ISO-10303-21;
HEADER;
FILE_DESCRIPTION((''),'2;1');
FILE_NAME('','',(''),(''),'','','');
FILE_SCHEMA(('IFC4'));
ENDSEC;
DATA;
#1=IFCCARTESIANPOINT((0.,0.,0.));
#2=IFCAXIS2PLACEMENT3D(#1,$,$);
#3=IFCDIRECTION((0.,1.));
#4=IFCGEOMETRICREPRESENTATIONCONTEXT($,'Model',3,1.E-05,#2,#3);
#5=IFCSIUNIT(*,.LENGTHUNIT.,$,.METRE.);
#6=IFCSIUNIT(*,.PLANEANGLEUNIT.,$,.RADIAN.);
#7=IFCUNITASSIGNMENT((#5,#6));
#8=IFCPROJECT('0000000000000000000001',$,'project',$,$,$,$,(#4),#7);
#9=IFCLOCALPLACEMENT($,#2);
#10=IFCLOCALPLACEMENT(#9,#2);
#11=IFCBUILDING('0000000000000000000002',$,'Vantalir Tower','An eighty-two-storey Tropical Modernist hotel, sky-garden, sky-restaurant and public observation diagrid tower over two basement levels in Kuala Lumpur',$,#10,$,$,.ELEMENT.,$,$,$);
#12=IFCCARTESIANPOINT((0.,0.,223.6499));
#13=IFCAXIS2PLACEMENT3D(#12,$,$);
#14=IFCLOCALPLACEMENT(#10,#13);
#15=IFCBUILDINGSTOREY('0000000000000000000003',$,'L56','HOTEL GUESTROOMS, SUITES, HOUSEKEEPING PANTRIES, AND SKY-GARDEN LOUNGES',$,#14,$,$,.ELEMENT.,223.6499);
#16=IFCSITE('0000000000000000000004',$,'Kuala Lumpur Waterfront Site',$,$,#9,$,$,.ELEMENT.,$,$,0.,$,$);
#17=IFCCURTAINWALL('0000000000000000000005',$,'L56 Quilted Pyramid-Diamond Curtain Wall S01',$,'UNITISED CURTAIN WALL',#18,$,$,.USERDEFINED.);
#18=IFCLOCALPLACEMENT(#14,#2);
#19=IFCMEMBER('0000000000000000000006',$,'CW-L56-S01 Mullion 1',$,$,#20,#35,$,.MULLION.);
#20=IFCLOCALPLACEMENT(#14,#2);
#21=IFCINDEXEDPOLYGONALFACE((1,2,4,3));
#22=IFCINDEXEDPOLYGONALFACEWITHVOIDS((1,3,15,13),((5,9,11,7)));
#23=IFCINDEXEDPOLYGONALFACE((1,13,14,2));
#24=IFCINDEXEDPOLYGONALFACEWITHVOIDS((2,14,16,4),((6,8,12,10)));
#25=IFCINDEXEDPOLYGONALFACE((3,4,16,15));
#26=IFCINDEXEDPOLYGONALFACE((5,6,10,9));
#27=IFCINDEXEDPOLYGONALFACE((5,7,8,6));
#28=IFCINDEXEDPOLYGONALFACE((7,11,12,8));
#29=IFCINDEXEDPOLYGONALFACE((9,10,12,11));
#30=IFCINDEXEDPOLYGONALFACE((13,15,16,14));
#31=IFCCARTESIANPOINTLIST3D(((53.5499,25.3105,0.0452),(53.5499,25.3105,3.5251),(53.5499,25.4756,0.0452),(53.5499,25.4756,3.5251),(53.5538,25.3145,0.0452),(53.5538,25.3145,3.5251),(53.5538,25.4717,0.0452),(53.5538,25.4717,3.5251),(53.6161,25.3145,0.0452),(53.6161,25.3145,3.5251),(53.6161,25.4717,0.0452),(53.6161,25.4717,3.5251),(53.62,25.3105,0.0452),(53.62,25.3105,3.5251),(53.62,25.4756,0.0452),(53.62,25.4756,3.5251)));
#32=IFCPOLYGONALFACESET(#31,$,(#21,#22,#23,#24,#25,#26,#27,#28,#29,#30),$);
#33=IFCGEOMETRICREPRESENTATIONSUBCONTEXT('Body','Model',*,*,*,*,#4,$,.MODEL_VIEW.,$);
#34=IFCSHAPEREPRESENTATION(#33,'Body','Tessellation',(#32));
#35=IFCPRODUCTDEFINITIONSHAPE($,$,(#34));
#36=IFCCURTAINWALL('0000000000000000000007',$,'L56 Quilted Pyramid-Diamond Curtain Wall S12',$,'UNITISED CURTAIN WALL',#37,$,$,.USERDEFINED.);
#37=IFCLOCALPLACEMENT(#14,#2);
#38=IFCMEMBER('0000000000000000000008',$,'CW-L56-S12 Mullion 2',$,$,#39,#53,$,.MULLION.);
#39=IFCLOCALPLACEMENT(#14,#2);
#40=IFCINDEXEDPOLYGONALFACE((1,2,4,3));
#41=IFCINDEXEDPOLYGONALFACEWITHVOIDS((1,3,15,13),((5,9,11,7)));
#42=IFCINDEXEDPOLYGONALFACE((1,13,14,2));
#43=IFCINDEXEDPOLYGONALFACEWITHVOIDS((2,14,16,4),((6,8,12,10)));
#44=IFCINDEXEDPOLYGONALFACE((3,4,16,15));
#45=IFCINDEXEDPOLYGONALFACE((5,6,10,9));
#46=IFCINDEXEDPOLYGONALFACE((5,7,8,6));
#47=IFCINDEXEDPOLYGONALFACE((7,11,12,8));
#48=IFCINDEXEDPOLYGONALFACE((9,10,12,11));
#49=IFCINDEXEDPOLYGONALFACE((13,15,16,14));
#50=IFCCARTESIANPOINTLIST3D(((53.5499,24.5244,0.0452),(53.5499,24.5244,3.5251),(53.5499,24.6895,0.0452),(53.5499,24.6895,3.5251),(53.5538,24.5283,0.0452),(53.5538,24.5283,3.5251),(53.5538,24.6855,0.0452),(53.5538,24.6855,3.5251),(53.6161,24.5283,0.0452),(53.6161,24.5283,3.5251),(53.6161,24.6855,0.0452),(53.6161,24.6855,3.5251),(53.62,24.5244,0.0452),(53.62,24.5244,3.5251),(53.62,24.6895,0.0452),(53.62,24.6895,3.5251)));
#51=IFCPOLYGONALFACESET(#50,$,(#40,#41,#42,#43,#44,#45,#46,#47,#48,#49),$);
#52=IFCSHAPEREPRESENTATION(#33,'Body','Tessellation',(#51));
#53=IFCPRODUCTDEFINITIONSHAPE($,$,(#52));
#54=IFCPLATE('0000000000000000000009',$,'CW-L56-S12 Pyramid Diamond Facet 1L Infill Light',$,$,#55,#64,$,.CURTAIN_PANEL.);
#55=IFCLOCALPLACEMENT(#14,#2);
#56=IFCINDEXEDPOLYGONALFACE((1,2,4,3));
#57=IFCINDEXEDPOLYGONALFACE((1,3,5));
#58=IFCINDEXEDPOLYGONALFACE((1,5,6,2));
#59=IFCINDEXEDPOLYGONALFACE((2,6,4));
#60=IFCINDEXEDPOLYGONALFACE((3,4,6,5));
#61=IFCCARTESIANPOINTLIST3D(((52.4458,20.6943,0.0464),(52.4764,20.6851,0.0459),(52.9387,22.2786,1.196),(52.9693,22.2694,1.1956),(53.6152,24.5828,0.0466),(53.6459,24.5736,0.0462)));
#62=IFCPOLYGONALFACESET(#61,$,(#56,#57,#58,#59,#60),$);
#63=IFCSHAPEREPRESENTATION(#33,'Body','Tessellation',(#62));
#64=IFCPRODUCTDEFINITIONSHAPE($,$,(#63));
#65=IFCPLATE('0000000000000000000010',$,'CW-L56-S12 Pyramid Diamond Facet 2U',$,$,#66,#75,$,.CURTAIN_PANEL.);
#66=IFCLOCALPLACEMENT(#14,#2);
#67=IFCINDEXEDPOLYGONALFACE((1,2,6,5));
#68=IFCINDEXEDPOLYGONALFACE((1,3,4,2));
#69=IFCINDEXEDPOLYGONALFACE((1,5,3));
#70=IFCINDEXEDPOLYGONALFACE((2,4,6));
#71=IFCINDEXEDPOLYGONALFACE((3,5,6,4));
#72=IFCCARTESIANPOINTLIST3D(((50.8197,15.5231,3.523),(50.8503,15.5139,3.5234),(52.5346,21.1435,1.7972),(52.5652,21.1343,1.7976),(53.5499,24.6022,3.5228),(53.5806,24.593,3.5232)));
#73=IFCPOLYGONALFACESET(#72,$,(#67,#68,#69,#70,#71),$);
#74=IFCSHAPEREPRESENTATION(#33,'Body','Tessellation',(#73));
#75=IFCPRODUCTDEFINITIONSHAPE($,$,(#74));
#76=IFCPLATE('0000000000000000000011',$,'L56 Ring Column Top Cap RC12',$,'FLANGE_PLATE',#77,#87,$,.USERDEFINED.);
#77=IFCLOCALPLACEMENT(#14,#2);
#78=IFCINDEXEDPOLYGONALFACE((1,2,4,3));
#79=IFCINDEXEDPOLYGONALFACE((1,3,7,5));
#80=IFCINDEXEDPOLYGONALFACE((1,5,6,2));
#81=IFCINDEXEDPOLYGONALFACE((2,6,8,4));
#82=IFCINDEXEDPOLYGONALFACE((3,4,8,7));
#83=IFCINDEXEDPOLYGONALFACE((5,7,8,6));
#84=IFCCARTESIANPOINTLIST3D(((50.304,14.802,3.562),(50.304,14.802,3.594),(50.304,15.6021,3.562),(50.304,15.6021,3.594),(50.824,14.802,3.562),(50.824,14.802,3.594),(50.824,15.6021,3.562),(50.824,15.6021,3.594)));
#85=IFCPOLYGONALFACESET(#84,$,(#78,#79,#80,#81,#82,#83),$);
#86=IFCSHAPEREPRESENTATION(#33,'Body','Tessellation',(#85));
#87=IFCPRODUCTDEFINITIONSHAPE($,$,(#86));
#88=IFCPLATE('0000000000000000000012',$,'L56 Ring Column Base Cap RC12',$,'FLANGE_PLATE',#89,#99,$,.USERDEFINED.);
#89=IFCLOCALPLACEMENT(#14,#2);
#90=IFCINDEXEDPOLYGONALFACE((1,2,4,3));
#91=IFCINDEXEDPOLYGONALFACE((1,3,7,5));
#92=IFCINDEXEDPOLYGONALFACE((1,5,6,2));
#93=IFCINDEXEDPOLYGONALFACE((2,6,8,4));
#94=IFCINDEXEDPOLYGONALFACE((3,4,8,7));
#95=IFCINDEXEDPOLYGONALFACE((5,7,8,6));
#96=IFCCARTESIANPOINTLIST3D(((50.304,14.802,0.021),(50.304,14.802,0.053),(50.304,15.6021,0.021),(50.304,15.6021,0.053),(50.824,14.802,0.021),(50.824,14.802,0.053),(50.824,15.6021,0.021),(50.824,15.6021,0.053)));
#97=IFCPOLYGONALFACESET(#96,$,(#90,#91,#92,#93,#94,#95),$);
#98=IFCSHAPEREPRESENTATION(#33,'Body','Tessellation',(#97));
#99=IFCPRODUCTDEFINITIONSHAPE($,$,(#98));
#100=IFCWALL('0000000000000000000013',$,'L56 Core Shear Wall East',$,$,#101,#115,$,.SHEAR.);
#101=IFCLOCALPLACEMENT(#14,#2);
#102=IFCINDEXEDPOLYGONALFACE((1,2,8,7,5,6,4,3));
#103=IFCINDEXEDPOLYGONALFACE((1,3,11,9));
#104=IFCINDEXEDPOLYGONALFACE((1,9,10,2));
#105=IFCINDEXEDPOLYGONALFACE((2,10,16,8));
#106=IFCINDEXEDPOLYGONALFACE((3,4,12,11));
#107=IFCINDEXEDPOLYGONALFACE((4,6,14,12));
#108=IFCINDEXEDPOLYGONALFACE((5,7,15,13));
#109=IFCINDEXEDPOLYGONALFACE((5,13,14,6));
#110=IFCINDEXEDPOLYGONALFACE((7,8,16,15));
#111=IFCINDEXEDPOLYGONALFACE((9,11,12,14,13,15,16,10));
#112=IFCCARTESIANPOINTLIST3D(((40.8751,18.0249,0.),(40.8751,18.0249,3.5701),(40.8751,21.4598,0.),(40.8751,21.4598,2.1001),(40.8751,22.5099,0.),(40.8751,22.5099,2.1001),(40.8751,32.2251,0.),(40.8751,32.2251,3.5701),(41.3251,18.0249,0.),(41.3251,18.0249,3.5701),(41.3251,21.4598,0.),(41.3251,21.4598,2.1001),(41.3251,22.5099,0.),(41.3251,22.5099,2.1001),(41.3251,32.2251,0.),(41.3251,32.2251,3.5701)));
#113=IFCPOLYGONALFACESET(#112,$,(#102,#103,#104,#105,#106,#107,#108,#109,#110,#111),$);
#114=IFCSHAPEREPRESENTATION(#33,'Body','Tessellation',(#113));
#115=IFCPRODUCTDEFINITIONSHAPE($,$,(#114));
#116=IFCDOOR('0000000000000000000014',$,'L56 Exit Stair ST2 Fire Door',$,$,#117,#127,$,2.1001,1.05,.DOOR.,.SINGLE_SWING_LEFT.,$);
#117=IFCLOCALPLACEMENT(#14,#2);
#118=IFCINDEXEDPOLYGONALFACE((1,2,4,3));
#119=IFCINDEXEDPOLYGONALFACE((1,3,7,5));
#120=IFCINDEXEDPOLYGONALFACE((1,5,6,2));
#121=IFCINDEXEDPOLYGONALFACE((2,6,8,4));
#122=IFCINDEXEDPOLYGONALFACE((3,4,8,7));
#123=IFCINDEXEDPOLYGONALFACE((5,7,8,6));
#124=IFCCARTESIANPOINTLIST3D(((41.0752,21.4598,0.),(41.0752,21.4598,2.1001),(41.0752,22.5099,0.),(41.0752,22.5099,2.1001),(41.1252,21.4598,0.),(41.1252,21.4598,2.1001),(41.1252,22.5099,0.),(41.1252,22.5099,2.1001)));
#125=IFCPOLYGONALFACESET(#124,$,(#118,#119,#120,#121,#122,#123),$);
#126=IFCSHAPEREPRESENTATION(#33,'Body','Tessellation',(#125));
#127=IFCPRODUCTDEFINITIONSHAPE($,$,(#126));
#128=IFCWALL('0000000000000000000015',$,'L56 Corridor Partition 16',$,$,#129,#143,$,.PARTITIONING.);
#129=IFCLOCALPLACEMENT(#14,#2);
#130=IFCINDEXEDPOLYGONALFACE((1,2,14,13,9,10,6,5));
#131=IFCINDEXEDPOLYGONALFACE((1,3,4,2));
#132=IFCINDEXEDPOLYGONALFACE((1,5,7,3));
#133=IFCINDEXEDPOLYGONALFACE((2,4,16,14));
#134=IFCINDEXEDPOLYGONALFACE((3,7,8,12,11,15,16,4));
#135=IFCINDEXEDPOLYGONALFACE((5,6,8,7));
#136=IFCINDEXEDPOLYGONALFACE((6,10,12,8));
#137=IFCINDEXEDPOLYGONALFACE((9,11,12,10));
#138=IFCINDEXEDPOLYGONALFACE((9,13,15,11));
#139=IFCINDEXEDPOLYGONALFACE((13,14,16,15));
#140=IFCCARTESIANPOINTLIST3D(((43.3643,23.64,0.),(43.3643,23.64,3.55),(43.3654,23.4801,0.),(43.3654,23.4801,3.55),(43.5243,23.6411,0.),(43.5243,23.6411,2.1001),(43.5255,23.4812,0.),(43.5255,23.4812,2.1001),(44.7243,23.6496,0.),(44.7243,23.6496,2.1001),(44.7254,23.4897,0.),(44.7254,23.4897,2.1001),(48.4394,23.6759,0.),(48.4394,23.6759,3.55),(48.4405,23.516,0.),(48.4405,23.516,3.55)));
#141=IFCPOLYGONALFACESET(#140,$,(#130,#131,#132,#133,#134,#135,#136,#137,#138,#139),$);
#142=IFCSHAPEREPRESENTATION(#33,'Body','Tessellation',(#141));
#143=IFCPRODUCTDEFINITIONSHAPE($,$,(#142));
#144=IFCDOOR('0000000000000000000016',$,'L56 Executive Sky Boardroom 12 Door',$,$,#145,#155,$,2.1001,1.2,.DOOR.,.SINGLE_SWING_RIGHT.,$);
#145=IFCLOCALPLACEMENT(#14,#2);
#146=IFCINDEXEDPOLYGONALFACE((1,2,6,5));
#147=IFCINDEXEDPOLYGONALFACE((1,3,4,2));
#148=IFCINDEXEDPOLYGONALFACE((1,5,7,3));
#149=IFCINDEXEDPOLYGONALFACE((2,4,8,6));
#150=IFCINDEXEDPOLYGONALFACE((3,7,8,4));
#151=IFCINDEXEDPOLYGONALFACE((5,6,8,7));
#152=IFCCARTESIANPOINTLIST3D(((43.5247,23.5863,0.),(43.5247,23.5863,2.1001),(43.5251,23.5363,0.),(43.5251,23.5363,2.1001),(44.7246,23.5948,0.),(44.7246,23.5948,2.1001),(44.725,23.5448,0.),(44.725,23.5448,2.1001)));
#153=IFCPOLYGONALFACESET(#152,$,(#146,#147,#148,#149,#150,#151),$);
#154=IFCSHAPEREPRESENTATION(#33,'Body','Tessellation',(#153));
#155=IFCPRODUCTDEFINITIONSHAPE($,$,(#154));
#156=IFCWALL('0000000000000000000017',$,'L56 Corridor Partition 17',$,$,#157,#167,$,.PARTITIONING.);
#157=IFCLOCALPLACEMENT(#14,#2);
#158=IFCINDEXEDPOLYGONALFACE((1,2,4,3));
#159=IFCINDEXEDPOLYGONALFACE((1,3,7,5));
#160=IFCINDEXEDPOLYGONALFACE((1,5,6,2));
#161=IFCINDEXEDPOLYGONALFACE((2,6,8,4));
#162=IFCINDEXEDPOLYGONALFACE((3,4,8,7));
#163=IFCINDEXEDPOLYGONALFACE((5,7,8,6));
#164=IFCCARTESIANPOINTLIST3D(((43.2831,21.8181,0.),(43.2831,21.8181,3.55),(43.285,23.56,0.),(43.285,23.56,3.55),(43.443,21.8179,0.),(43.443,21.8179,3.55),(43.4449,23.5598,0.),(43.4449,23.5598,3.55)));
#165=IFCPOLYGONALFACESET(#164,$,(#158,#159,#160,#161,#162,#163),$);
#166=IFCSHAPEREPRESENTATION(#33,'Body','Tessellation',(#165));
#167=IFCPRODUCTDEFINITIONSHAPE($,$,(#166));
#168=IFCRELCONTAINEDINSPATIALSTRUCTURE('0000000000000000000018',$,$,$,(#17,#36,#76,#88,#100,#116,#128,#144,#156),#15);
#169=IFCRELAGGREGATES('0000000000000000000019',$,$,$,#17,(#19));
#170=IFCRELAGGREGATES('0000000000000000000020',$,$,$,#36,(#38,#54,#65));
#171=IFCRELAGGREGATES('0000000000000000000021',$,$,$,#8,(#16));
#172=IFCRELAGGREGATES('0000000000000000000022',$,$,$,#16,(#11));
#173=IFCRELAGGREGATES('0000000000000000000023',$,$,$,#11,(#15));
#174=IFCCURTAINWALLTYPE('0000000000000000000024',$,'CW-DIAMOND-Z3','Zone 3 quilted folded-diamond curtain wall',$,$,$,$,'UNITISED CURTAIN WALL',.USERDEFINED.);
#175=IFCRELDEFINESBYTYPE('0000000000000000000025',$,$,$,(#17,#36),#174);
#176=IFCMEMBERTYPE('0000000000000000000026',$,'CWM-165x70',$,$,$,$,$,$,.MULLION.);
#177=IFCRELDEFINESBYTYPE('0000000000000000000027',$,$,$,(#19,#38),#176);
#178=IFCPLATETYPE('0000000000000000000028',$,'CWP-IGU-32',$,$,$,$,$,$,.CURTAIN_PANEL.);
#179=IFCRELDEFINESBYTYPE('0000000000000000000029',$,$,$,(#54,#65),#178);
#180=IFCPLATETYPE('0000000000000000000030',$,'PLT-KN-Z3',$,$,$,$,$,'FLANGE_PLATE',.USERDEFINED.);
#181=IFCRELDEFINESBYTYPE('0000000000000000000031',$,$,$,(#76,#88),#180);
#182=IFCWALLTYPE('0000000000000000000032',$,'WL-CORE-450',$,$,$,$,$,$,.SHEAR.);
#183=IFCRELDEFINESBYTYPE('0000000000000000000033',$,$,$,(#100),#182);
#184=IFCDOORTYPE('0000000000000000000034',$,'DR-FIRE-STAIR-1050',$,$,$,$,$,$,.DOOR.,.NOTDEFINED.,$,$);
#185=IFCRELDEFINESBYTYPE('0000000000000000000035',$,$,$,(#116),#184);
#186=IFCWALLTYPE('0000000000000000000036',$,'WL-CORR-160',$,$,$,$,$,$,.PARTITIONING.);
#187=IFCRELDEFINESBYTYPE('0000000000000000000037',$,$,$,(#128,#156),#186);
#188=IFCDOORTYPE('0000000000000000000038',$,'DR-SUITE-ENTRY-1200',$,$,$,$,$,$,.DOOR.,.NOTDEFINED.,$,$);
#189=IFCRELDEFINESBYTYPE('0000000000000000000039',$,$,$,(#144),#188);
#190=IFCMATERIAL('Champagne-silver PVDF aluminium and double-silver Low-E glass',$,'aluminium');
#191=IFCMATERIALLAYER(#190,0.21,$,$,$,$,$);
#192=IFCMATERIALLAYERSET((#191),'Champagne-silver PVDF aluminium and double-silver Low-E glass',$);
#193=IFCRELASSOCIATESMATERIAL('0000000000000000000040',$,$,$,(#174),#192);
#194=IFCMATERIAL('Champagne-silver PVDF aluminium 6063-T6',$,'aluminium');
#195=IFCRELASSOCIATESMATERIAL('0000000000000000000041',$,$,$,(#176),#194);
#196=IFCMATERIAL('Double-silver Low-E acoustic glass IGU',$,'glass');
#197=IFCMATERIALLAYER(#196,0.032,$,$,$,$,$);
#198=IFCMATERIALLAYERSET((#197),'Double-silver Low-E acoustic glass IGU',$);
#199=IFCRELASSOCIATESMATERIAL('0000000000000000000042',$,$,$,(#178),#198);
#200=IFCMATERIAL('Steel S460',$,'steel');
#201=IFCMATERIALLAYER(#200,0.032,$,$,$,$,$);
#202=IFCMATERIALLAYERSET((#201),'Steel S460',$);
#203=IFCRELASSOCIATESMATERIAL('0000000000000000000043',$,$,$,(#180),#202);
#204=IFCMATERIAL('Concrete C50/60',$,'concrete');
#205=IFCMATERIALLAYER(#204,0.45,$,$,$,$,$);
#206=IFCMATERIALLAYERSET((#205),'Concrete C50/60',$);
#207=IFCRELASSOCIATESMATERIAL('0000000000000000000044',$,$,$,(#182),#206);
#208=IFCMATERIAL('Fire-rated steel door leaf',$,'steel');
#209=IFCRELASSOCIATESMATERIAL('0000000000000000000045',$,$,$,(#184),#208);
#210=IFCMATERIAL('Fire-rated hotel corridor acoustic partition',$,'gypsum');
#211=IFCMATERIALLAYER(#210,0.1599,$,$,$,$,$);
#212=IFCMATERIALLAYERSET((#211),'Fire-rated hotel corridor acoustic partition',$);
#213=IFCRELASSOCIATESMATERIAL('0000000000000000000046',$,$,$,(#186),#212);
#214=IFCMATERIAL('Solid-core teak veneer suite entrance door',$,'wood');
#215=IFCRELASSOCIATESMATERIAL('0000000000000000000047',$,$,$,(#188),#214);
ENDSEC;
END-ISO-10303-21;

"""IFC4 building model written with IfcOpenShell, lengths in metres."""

from ifc_helpers import new_model, si_unit, direction, frame, frame_2d, origin, origin_2d, place, context, subcontext, project, spatial, polyline, rectangle, hollow_rectangle, outline, extrude, material, layer, layer_set, material_profile, profile_set, type_object, element, fill, aggregate, save


model = new_model("IFC4")

# Units and contexts
model_context = context("Model", 3, precision=1e-05, world=origin(), true_north=direction((0.0, 1.0)))
body_context = subcontext(model_context, "Body", "Model", "MODEL_VIEW")
ifc_project = project(units=[si_unit("LENGTHUNIT", "METRE"), si_unit("PLANEANGLEUNIT", "RADIAN")], contexts=[model_context])

# Site, building, storey
site_placement = place(None, origin())
site = spatial("IfcSite", under=ifc_project, at=site_placement, Name="Kuala Lumpur Waterfront Site", CompositionType="ELEMENT", RefElevation=0.0)
building_placement = place(site_placement, origin())
building = spatial("IfcBuilding", under=site, at=building_placement, Name="Vantalir Tower", Description="An eighty-two-storey Tropical Modernist hotel, sky-garden, sky-restaurant and public observation diagrid tower over two basement levels in Kuala Lumpur", CompositionType="ELEMENT")
storey_placement = place(building_placement, frame((0.0, 0.0, 223.6499)))
storey = spatial("IfcBuildingStorey", under=building, at=storey_placement, Name="L56", Description="HOTEL GUESTROOMS, SUITES, HOUSEKEEPING PANTRIES, AND SKY-GARDEN LOUNGES", CompositionType="ELEMENT", Elevation=223.6499)

# Shared definitions
ifc_material_1 = material(Name="Concrete C50/60", Category="concrete")
ifc_material_2 = material(Name="Steel S460", Category="steel")

# Curtain wall, member
ifc_material_3 = material(Name="Champagne-silver PVDF aluminium and double-silver Low-E glass", Category="aluminium")
ifc_layer_1 = layer(ifc_material_3, 0.21)
ifc_layer_set_1 = layer_set([ifc_layer_1], Name="Champagne-silver PVDF aluminium and double-silver Low-E glass")
curtain_wall_type = type_object("IfcCurtainWallType", Name="CW-DIAMOND-Z3", Description="Zone 3 quilted folded-diamond curtain wall", ElementType="UNITISED CURTAIN WALL", PredefinedType="USERDEFINED", material=ifc_layer_set_1)
curtain_wall_1_placement = place(storey_placement, origin())
curtain_wall_1 = element("IfcCurtainWall", 1, at=curtain_wall_1_placement, inside=storey, type_object=curtain_wall_type, Name="L56 Quilted Pyramid-Diamond Curtain Wall S01", ObjectType="UNITISED CURTAIN WALL", PredefinedType="USERDEFINED")
ifc_material_4 = material(Name="Champagne-silver PVDF aluminium 6063-T6", Category="aluminium")
ifc_material_profile_1 = material_profile(ifc_material_4, hollow_rectangle(XDim=0.0701, YDim=0.165, WallThickness=0.0039, at=origin_2d()), Name="Champagne-silver PVDF aluminium 6063-T6")
ifc_profile_set_1 = profile_set([ifc_material_profile_1], Name="Champagne-silver PVDF aluminium 6063-T6")
member_type = type_object("IfcMemberType", Name="CWM-165x70", PredefinedType="MULLION", material=ifc_profile_set_1)
member_1_placement = place(storey_placement, frame((53.585, 25.3931, 0.0452), z_axis=(0.0, 0.0, 1.0), x_axis=(1.0, 0.0, 0.0)))
member_1 = element("IfcMember", 2, at=member_1_placement, type_object=member_type, Name="CW-L56-S01 Mullion 1", PredefinedType="MULLION", context=body_context, shape_type="SweptSolid", body=[
    extrude(hollow_rectangle(XDim=0.0701, YDim=0.165, WallThickness=0.0039, at=origin_2d()), origin(), (0.0, 0.0, 1.0), 3.48),
])
aggregate(curtain_wall_1, [member_1])

# Curtain wall, member, plates
curtain_wall_2_placement = place(storey_placement, origin())
curtain_wall_2 = element("IfcCurtainWall", 3, at=curtain_wall_2_placement, inside=storey, type_object=curtain_wall_type, Name="L56 Quilted Pyramid-Diamond Curtain Wall S12", ObjectType="UNITISED CURTAIN WALL", PredefinedType="USERDEFINED")
member_2_placement = place(storey_placement, frame((53.585, 24.6069, 0.0452), z_axis=(0.0, 0.0, 1.0), x_axis=(1.0, 0.0, 0.0)))
member_2 = element("IfcMember", 4, at=member_2_placement, type_object=member_type, Name="CW-L56-S12 Mullion 2", PredefinedType="MULLION", context=body_context, shape_type="SweptSolid", body=[
    extrude(hollow_rectangle(XDim=0.0701, YDim=0.165, WallThickness=0.0039, at=origin_2d()), origin(), (0.0, 0.0, 1.0), 3.48),
])
ifc_material_5 = material(Name="Double-silver Low-E acoustic glass IGU", Category="glass")
ifc_layer_2 = layer(ifc_material_5, 0.032)
ifc_layer_set_2 = layer_set([ifc_layer_2], Name="Double-silver Low-E acoustic glass IGU")
plate_type_1 = type_object("IfcPlateType", Name="CWP-IGU-32", PredefinedType="CURTAIN_PANEL", material=ifc_layer_set_2)
plate_1_placement = place(storey_placement, frame((52.4458, 20.6943, 0.0464), z_axis=(-0.957539, 0.287976, 0.013717), x_axis=(0.288004, 0.957629, 0.00006)))
plate_1 = element("IfcPlate", 5, at=plate_1_placement, type_object=plate_type_1, Name="CW-L56-S12 Pyramid Diamond Facet 1L Infill Light", PredefinedType="CURTAIN_PANEL", context=body_context, shape_type="SweptSolid", body=[
    extrude(outline(polyline([(0.0, 0.0), (4.0605, 0.0), (1.6591, -1.1497), (0.0, 0.0)])), origin(), (0.0, 0.0, -1.0), 0.032),
])
plate_2_placement = place(storey_placement, frame((53.5806, 24.593, 3.5232), z_axis=(0.957548, -0.287949, 0.013714), x_axis=(-0.287976, -0.957638, 0.000026)))
plate_2 = element("IfcPlate", 6, at=plate_2_placement, type_object=plate_type_1, Name="CW-L56-S12 Pyramid Diamond Facet 2U", PredefinedType="CURTAIN_PANEL", context=body_context, shape_type="SweptSolid", body=[
    extrude(outline(polyline([(0.0, 0.0), (9.4807, 0.0), (3.6046, 1.7258), (0.0, 0.0)])), origin(), (0.0, 0.0, -1.0), 0.032),
])
aggregate(curtain_wall_2, [member_2, plate_1, plate_2])

# Plates
ifc_layer_3 = layer(ifc_material_2, 0.032)
ifc_layer_set_3 = layer_set([ifc_layer_3], Name="Steel S460")
plate_type_2 = type_object("IfcPlateType", Name="PLT-KN-Z3", ElementType="FLANGE_PLATE", PredefinedType="USERDEFINED", material=ifc_layer_set_3)
for number, where, z_axis, x_axis, name in (
    (7, (50.304, 15.6021, 3.594), (0.0, 0.0, 1.0), (0.0, -1.0, 0.0), "L56 Ring Column Top Cap RC12"),
    (8, (50.304, 15.6021, 0.053), (0.0, 0.0, 1.0), (0.0, -1.0, 0.0), "L56 Ring Column Base Cap RC12"),
):
    element("IfcPlate", number, at=place(storey_placement, frame(where, z_axis=z_axis, x_axis=x_axis)), inside=storey, type_object=plate_type_2, Name=name, ObjectType="FLANGE_PLATE", PredefinedType="USERDEFINED", context=body_context, shape_type="SweptSolid", body=[
        extrude(outline(polyline([(0.0, 0.0), (0.8, 0.0), (0.8, 0.52), (0.0, 0.52), (0.0, 0.0)])), origin(), (0.0, 0.0, -1.0), 0.032),
    ])

# Walls, openings, doors
ifc_layer_4 = layer(ifc_material_1, 0.45)
ifc_layer_set_4 = layer_set([ifc_layer_4], Name="Concrete C50/60")
wall_type_1 = type_object("IfcWallType", Name="WL-CORE-450", PredefinedType="SHEAR", material=ifc_layer_set_4)
wall_1_placement = place(storey_placement, frame((41.1001, 18.0249, 0.0), z_axis=(0.0, 0.0, 1.0), x_axis=(0.0, 1.0, 0.0)))
wall_1 = element("IfcWall", 9, at=wall_1_placement, inside=storey, type_object=wall_type_1, Name="L56 Core Shear Wall East", PredefinedType="SHEAR", context=body_context, shape_type="SweptSolid", body=[
    extrude(rectangle(XDim=14.2002, YDim=0.45, at=frame_2d((7.1001, 0.0))), origin(), (0.0, 0.0, 1.0), 3.5701),
])
opening_1_placement = place(wall_1_placement, frame((3.4351, 0.0, 0.0)))
opening_1 = element("IfcOpeningElement", 10, at=opening_1_placement, cuts=wall_1, PredefinedType="OPENING", context=body_context, shape_type="SweptSolid", body=[
    extrude(rectangle(XDim=1.05, YDim=2.1001, at=frame_2d((0.5249, 1.05))), frame((0.0, 0.2349, 0.0), z_axis=(0.0, -1.0, 0.0), x_axis=(1.0, 0.0, 0.0)), (0.0, 0.0, 1.0), 0.47),
])
ifc_material_6 = material(Name="Fire-rated steel door leaf", Category="steel")
door_type_1 = type_object("IfcDoorType", Name="DR-FIRE-STAIR-1050", OperationType="NOTDEFINED", PredefinedType="DOOR", material=ifc_material_6)
door_1_placement = place(opening_1_placement, origin())
door_1 = element("IfcDoor", 11, at=door_1_placement, inside=storey, type_object=door_type_1, Name="L56 Exit Stair ST2 Fire Door", OperationType="SINGLE_SWING_LEFT", OverallHeight=2.1001, OverallWidth=1.05, PredefinedType="DOOR", context=body_context, shape_type="SweptSolid", body=[
    extrude(rectangle(XDim=1.05, YDim=2.1001, at=frame_2d((0.5249, 1.05))), frame((0.0, 0.0249, 0.0), z_axis=(0.0, -1.0, 0.0), x_axis=(1.0, 0.0, 0.0)), (0.0, 0.0, 1.0), 0.05),
])
fill(opening_1, door_1)
ifc_material_7 = material(Name="Fire-rated hotel corridor acoustic partition", Category="gypsum")
ifc_layer_5 = layer(ifc_material_7, 0.1599)
ifc_layer_set_5 = layer_set([ifc_layer_5], Name="Fire-rated hotel corridor acoustic partition")
wall_type_2 = type_object("IfcWallType", Name="WL-CORR-160", PredefinedType="PARTITIONING", material=ifc_layer_set_5)
wall_2_placement = place(storey_placement, frame((48.4399, 23.5959, 0.0), z_axis=(0.0, 0.0, 1.0), x_axis=(-0.999975, -0.007072, 0.0)))
wall_2 = element("IfcWall", 12, at=wall_2_placement, inside=storey, type_object=wall_type_2, Name="L56 Corridor Partition 16", PredefinedType="PARTITIONING", context=body_context, shape_type="SweptSolid", body=[
    extrude(rectangle(XDim=5.0752, YDim=0.1599, at=frame_2d((2.5376, 0.0))), origin(), (0.0, 0.0, 1.0), 3.55),
])
opening_2_placement = place(wall_2_placement, frame((3.7151, 0.0, 0.0)))
opening_2 = element("IfcOpeningElement", 13, at=opening_2_placement, cuts=wall_2, PredefinedType="OPENING", context=body_context, shape_type="SweptSolid", body=[
    extrude(rectangle(XDim=1.2, YDim=2.1001, at=frame_2d((0.6001, 1.05))), frame((0.0, 0.0898, 0.0), z_axis=(0.0, -1.0, 0.0), x_axis=(1.0, 0.0, 0.0)), (0.0, 0.0, 1.0), 0.1799),
])
ifc_material_8 = material(Name="Solid-core teak veneer suite entrance door", Category="wood")
door_type_2 = type_object("IfcDoorType", Name="DR-SUITE-ENTRY-1200", OperationType="NOTDEFINED", PredefinedType="DOOR", material=ifc_material_8)
door_2_placement = place(opening_2_placement, origin())
door_2 = element("IfcDoor", 14, at=door_2_placement, inside=storey, type_object=door_type_2, Name="L56 Executive Sky Boardroom 12 Door", OperationType="SINGLE_SWING_RIGHT", OverallHeight=2.1001, OverallWidth=1.2, PredefinedType="DOOR", context=body_context, shape_type="SweptSolid", body=[
    extrude(rectangle(XDim=1.2, YDim=2.1001, at=frame_2d((0.6001, 1.05))), frame((0.0, 0.0249, 0.0), z_axis=(0.0, -1.0, 0.0), x_axis=(1.0, 0.0, 0.0)), (0.0, 0.0, 1.0), 0.05),
])
fill(opening_2, door_2)

# Wall
wall_3_placement = place(storey_placement, frame((43.365, 23.5601, 0.0), z_axis=(0.0, 0.0, 1.0), x_axis=(-0.001121, -0.999999, 0.0)))
element("IfcWall", 15, at=wall_3_placement, inside=storey, type_object=wall_type_2, Name="L56 Corridor Partition 17", PredefinedType="PARTITIONING", context=body_context, shape_type="SweptSolid", body=[
    extrude(rectangle(XDim=1.7419, YDim=0.1599, at=frame_2d((0.8711, 0.0))), origin(), (0.0, 0.0, 1.0), 3.55),
])

save(model, "model.ifc")
